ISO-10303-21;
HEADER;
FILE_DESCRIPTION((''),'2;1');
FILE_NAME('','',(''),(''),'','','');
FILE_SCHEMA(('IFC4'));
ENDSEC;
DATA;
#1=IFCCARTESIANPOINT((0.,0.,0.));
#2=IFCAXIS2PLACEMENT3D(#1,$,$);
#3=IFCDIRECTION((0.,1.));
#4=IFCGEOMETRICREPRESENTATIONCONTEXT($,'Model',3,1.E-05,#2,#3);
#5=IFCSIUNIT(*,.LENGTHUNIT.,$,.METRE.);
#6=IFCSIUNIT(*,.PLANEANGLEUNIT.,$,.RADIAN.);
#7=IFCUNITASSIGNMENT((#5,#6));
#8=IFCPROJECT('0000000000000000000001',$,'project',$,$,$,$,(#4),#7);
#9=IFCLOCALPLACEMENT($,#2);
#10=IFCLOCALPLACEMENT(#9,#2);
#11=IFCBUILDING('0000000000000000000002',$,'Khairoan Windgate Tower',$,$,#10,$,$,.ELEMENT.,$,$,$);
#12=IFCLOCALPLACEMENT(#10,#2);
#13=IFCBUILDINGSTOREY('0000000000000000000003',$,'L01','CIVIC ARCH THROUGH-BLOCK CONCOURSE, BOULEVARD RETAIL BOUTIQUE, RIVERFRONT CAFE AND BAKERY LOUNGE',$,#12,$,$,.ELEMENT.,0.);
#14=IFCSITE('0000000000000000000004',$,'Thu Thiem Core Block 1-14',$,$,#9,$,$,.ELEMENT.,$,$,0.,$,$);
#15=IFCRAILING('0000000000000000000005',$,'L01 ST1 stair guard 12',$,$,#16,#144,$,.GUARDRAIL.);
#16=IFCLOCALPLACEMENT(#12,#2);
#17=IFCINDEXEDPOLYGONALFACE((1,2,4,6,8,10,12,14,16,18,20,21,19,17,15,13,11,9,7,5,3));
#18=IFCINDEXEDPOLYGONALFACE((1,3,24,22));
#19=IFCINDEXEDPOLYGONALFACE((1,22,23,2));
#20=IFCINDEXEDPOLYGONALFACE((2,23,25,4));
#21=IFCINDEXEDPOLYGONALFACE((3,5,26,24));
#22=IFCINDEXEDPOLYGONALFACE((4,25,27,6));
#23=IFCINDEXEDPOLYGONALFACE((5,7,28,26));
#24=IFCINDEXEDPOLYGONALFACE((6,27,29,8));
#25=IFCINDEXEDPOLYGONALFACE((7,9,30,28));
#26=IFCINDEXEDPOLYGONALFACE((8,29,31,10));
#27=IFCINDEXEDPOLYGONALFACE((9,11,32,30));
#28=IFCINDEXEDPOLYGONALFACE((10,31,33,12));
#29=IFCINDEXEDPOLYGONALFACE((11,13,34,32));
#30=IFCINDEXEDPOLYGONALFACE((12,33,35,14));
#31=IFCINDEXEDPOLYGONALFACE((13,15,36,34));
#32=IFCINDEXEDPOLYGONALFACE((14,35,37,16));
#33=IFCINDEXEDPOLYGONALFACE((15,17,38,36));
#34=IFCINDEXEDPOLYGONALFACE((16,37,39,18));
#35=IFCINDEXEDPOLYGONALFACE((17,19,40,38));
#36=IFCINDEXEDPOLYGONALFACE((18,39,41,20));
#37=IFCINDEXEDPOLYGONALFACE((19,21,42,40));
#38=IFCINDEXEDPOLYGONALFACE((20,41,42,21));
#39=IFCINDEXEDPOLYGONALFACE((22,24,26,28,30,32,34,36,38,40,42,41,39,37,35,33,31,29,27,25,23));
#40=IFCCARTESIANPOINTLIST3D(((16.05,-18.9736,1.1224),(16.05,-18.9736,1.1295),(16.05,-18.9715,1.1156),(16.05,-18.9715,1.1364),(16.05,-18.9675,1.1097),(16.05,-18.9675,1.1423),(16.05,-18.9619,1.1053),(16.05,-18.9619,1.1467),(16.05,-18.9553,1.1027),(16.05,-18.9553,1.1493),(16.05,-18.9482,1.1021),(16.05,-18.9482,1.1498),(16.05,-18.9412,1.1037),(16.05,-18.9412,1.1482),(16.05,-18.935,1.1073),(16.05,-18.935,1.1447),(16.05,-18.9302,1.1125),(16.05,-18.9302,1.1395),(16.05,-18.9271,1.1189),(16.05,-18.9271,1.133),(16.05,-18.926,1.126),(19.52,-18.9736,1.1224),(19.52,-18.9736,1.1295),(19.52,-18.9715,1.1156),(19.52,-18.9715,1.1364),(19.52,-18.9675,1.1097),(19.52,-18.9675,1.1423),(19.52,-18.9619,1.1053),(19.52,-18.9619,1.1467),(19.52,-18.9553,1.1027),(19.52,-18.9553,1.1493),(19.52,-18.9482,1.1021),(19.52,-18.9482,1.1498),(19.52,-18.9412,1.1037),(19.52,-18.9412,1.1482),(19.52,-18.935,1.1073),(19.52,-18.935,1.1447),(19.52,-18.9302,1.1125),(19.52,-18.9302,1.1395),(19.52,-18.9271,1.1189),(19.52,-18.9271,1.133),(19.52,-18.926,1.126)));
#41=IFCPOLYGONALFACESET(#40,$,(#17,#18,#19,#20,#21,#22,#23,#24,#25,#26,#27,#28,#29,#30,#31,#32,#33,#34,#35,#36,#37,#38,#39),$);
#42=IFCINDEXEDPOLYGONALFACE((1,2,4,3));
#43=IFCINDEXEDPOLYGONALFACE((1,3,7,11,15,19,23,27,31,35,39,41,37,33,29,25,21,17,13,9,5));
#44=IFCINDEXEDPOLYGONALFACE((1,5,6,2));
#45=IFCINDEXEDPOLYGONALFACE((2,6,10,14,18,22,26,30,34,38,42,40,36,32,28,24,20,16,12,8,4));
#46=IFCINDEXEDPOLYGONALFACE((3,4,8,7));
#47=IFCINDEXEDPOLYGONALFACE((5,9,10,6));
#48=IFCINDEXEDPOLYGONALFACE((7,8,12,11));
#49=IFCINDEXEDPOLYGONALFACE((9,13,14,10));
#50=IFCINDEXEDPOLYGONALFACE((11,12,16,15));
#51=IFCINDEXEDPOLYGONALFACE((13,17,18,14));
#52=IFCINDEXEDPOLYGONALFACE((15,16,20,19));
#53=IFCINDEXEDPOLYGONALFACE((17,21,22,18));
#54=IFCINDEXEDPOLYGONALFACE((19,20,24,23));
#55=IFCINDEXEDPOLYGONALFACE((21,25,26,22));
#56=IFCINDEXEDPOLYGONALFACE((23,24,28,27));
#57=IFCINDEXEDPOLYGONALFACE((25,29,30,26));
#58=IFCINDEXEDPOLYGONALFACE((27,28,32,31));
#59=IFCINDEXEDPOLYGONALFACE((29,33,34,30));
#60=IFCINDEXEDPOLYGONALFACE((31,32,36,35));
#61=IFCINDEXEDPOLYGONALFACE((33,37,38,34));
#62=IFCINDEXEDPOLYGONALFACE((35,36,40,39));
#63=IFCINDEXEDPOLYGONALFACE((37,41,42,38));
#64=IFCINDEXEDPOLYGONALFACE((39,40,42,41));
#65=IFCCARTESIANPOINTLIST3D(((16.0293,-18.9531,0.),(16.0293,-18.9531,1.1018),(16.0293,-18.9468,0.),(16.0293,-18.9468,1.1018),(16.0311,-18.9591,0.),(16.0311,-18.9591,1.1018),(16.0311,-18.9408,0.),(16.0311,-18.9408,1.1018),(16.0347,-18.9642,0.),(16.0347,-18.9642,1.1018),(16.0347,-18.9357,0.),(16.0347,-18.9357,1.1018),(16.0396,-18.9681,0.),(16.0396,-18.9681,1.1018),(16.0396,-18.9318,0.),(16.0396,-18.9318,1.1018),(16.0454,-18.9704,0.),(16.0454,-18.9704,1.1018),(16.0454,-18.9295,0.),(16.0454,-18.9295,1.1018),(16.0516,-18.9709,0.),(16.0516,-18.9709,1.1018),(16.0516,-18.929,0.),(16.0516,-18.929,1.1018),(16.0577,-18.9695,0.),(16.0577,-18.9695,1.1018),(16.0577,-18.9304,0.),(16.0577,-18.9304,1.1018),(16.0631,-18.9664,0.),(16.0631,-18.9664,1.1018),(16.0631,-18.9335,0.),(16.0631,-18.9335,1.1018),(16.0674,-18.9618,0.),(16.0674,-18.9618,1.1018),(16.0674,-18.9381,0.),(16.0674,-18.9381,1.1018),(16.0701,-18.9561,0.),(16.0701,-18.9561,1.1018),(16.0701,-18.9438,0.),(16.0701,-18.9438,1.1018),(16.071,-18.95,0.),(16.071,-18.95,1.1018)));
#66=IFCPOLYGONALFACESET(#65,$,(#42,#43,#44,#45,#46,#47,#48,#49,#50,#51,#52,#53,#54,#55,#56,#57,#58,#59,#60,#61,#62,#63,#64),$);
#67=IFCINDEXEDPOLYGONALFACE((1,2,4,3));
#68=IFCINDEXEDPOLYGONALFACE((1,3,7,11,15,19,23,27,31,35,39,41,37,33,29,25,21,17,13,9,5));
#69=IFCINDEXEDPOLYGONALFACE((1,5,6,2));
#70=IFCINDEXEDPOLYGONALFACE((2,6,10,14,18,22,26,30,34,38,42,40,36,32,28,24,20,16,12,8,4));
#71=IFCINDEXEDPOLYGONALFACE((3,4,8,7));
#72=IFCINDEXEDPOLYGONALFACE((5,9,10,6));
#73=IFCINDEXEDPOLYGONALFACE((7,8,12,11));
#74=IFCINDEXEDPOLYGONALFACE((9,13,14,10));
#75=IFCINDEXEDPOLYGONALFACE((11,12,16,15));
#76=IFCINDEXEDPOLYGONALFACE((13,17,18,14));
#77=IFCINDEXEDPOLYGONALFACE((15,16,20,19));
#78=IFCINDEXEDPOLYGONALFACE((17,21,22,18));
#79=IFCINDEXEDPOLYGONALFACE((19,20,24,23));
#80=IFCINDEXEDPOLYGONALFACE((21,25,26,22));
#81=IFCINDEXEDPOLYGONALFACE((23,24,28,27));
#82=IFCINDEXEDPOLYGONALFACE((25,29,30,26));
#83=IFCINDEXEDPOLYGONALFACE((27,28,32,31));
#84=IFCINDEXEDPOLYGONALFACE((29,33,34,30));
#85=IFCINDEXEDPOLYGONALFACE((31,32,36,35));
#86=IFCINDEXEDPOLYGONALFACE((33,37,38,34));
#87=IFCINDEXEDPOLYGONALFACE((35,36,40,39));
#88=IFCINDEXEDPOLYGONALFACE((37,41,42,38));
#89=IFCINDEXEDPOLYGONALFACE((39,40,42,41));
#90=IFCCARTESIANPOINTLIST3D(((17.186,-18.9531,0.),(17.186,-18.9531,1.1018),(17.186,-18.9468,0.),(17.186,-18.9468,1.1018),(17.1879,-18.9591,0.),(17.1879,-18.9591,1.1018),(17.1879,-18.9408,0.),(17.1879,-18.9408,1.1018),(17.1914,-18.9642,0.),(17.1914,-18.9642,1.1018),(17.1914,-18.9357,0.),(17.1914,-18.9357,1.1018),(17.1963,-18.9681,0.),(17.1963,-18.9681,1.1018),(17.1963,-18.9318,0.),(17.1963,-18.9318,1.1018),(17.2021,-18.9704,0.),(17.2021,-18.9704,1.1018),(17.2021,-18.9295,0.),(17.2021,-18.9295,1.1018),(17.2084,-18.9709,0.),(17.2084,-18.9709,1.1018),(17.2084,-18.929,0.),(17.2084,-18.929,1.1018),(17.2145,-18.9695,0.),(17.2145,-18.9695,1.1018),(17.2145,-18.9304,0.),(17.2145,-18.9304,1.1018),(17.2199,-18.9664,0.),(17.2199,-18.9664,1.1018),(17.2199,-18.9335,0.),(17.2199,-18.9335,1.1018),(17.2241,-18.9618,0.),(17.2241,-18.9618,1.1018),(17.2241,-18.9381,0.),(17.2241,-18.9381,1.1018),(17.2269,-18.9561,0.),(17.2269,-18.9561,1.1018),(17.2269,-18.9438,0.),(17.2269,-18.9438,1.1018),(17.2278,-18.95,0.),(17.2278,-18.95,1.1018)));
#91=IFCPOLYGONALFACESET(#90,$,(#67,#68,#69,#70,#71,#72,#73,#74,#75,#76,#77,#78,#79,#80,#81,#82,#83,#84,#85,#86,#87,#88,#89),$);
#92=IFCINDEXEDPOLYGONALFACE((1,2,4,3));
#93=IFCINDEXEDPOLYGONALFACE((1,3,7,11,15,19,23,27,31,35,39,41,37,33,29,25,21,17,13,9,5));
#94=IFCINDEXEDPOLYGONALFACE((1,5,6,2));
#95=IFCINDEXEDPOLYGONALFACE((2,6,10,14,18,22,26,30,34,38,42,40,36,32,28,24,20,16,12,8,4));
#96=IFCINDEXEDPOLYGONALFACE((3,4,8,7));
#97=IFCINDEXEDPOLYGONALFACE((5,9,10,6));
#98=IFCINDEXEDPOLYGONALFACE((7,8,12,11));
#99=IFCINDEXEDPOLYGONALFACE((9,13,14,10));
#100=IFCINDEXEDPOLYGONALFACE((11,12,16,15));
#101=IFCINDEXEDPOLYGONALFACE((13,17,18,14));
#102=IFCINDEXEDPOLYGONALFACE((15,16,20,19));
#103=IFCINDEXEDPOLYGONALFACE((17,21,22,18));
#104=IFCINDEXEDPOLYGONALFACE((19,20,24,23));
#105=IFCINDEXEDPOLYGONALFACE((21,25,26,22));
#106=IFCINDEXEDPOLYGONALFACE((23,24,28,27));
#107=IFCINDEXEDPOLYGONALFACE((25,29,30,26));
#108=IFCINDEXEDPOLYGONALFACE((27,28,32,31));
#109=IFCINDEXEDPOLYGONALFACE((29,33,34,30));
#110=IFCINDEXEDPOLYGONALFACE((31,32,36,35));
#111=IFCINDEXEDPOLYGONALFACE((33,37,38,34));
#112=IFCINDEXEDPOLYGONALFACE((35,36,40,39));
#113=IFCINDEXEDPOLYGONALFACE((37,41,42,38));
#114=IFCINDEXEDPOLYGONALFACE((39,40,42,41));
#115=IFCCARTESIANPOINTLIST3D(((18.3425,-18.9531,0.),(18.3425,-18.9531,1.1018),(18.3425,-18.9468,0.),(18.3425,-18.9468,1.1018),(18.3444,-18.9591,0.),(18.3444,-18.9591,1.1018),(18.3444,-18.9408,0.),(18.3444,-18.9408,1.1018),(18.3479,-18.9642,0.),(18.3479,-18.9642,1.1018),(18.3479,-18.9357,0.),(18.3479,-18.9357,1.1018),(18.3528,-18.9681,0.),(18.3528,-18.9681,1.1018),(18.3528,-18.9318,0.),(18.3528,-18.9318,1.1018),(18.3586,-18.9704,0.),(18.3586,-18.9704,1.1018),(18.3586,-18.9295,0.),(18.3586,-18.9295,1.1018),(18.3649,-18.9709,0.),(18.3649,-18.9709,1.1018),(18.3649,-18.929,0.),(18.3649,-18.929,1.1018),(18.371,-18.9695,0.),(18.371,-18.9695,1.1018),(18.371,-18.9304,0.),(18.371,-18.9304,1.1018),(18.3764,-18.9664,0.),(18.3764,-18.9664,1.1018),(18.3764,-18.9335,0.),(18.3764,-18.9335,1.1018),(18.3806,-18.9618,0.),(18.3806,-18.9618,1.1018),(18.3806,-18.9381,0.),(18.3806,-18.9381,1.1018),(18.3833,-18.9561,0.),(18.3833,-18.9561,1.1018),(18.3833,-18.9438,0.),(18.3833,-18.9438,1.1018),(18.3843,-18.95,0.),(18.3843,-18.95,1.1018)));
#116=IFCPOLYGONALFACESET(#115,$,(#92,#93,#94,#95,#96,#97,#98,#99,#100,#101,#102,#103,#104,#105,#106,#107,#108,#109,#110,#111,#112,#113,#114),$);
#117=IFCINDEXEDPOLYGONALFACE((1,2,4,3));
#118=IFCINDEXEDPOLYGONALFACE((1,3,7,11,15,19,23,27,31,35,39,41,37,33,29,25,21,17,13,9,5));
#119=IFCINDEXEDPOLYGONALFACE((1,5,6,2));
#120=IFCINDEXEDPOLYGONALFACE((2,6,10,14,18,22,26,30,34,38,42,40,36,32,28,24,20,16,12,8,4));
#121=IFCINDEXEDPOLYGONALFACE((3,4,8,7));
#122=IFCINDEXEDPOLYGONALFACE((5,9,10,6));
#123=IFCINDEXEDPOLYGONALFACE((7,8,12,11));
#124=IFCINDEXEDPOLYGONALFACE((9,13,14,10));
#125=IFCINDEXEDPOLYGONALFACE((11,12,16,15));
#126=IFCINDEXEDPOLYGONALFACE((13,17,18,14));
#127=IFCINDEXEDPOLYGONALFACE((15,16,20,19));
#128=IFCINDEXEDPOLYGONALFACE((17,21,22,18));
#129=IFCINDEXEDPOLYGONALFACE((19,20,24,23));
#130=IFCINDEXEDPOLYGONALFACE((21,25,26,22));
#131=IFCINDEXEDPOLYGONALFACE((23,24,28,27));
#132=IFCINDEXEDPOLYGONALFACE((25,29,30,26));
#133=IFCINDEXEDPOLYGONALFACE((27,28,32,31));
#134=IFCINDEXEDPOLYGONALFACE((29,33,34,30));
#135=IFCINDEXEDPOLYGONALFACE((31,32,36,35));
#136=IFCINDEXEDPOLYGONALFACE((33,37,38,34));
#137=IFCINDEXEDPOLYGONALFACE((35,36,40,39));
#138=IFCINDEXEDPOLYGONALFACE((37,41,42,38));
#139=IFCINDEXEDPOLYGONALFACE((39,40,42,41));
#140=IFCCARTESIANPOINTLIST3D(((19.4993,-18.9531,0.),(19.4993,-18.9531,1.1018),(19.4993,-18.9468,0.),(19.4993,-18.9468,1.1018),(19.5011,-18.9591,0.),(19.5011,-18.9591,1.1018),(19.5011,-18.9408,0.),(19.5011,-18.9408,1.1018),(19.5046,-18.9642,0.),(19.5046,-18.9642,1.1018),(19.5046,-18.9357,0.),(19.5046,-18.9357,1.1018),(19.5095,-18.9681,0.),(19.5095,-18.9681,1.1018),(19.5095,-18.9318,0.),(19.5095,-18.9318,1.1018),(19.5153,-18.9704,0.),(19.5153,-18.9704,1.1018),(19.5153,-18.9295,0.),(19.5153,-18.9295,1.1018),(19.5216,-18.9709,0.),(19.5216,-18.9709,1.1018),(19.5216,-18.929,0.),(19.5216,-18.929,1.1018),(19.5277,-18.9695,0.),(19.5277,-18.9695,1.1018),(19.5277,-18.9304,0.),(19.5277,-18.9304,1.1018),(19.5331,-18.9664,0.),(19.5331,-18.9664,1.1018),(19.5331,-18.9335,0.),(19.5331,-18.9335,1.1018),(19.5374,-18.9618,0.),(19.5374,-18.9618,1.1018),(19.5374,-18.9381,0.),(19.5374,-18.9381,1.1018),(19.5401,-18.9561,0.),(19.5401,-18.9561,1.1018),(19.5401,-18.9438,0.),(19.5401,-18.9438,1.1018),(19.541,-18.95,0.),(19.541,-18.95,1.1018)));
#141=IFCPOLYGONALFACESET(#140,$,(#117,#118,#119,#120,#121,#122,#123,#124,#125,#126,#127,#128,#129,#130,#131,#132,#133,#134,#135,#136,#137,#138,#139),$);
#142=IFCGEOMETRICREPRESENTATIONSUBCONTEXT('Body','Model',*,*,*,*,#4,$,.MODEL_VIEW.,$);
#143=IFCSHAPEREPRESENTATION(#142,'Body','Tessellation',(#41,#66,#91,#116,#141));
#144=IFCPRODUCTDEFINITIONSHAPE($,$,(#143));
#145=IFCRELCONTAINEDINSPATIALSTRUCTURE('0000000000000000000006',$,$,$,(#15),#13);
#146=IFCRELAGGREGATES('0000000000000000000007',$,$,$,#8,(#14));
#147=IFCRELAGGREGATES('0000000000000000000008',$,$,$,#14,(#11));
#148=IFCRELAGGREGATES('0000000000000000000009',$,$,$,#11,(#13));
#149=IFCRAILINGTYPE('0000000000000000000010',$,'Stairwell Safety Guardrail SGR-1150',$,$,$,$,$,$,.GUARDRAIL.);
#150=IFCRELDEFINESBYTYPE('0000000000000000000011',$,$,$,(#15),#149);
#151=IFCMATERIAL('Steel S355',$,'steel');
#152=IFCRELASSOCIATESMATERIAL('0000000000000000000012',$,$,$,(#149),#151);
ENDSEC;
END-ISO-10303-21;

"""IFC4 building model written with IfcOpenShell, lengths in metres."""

from ifc_helpers import new_model, si_unit, direction, frame, origin, origin_2d, place, context, subcontext, project, spatial, circle, extrude, material, type_object, element, save


model = new_model("IFC4")

# Units and contexts
model_context = context("Model", 3, precision=1e-05, world=origin(), true_north=direction((0.0, 1.0)))
body_context = subcontext(model_context, "Body", "Model", "MODEL_VIEW")
ifc_project = project(units=[si_unit("LENGTHUNIT", "METRE"), si_unit("PLANEANGLEUNIT", "RADIAN")], contexts=[model_context])

# Site, building, storey
site_placement = place(None, origin())
site = spatial("IfcSite", under=ifc_project, at=site_placement, Name="Thu Thiem Core Block 1-14", CompositionType="ELEMENT", RefElevation=0.0)
building_placement = place(site_placement, origin())
building = spatial("IfcBuilding", under=site, at=building_placement, Name="Khairoan Windgate Tower", CompositionType="ELEMENT")
storey_placement = place(building_placement, origin())
storey = spatial("IfcBuildingStorey", under=building, at=storey_placement, Name="L01", Description="CIVIC ARCH THROUGH-BLOCK CONCOURSE, BOULEVARD RETAIL BOUTIQUE, RIVERFRONT CAFE AND BAKERY LOUNGE", CompositionType="ELEMENT", Elevation=0.0)

# Railing
ifc_material_1 = material(Name="Steel S355", Category="steel")
railing_type = type_object("IfcRailingType", Name="Stairwell Safety Guardrail SGR-1150", PredefinedType="GUARDRAIL", material=ifc_material_1)
railing_1_placement = place(storey_placement, frame((16.05, -18.95, 0.0)))
element("IfcRailing", 1, at=railing_1_placement, inside=storey, type_object=railing_type, Name="L01 ST1 stair guard 12", PredefinedType="GUARDRAIL", context=body_context, shape_type="SweptSolid", body=[
    extrude(circle(Radius=0.0239, at=origin_2d()), frame((0.0, 0.0, 1.126), z_axis=(1.0, 0.0, 0.0), x_axis=(0.0, 1.0, 0.0)), (0.0, 0.0, 1.0), 3.47),
    extrude(circle(Radius=0.021, at=origin_2d()), origin(), (0.0, 0.0, 1.0), 1.1018),
    extrude(circle(Radius=0.021, at=origin_2d()), frame((1.1567, 0.0, 0.0)), (0.0, 0.0, 1.0), 1.1018),
    extrude(circle(Radius=0.021, at=origin_2d()), frame((2.3132, 0.0, 0.0)), (0.0, 0.0, 1.0), 1.1018),
    extrude(circle(Radius=0.021, at=origin_2d()), frame((3.47, 0.0, 0.0)), (0.0, 0.0, 1.0), 1.1018),
])

save(model, "model.ifc")
